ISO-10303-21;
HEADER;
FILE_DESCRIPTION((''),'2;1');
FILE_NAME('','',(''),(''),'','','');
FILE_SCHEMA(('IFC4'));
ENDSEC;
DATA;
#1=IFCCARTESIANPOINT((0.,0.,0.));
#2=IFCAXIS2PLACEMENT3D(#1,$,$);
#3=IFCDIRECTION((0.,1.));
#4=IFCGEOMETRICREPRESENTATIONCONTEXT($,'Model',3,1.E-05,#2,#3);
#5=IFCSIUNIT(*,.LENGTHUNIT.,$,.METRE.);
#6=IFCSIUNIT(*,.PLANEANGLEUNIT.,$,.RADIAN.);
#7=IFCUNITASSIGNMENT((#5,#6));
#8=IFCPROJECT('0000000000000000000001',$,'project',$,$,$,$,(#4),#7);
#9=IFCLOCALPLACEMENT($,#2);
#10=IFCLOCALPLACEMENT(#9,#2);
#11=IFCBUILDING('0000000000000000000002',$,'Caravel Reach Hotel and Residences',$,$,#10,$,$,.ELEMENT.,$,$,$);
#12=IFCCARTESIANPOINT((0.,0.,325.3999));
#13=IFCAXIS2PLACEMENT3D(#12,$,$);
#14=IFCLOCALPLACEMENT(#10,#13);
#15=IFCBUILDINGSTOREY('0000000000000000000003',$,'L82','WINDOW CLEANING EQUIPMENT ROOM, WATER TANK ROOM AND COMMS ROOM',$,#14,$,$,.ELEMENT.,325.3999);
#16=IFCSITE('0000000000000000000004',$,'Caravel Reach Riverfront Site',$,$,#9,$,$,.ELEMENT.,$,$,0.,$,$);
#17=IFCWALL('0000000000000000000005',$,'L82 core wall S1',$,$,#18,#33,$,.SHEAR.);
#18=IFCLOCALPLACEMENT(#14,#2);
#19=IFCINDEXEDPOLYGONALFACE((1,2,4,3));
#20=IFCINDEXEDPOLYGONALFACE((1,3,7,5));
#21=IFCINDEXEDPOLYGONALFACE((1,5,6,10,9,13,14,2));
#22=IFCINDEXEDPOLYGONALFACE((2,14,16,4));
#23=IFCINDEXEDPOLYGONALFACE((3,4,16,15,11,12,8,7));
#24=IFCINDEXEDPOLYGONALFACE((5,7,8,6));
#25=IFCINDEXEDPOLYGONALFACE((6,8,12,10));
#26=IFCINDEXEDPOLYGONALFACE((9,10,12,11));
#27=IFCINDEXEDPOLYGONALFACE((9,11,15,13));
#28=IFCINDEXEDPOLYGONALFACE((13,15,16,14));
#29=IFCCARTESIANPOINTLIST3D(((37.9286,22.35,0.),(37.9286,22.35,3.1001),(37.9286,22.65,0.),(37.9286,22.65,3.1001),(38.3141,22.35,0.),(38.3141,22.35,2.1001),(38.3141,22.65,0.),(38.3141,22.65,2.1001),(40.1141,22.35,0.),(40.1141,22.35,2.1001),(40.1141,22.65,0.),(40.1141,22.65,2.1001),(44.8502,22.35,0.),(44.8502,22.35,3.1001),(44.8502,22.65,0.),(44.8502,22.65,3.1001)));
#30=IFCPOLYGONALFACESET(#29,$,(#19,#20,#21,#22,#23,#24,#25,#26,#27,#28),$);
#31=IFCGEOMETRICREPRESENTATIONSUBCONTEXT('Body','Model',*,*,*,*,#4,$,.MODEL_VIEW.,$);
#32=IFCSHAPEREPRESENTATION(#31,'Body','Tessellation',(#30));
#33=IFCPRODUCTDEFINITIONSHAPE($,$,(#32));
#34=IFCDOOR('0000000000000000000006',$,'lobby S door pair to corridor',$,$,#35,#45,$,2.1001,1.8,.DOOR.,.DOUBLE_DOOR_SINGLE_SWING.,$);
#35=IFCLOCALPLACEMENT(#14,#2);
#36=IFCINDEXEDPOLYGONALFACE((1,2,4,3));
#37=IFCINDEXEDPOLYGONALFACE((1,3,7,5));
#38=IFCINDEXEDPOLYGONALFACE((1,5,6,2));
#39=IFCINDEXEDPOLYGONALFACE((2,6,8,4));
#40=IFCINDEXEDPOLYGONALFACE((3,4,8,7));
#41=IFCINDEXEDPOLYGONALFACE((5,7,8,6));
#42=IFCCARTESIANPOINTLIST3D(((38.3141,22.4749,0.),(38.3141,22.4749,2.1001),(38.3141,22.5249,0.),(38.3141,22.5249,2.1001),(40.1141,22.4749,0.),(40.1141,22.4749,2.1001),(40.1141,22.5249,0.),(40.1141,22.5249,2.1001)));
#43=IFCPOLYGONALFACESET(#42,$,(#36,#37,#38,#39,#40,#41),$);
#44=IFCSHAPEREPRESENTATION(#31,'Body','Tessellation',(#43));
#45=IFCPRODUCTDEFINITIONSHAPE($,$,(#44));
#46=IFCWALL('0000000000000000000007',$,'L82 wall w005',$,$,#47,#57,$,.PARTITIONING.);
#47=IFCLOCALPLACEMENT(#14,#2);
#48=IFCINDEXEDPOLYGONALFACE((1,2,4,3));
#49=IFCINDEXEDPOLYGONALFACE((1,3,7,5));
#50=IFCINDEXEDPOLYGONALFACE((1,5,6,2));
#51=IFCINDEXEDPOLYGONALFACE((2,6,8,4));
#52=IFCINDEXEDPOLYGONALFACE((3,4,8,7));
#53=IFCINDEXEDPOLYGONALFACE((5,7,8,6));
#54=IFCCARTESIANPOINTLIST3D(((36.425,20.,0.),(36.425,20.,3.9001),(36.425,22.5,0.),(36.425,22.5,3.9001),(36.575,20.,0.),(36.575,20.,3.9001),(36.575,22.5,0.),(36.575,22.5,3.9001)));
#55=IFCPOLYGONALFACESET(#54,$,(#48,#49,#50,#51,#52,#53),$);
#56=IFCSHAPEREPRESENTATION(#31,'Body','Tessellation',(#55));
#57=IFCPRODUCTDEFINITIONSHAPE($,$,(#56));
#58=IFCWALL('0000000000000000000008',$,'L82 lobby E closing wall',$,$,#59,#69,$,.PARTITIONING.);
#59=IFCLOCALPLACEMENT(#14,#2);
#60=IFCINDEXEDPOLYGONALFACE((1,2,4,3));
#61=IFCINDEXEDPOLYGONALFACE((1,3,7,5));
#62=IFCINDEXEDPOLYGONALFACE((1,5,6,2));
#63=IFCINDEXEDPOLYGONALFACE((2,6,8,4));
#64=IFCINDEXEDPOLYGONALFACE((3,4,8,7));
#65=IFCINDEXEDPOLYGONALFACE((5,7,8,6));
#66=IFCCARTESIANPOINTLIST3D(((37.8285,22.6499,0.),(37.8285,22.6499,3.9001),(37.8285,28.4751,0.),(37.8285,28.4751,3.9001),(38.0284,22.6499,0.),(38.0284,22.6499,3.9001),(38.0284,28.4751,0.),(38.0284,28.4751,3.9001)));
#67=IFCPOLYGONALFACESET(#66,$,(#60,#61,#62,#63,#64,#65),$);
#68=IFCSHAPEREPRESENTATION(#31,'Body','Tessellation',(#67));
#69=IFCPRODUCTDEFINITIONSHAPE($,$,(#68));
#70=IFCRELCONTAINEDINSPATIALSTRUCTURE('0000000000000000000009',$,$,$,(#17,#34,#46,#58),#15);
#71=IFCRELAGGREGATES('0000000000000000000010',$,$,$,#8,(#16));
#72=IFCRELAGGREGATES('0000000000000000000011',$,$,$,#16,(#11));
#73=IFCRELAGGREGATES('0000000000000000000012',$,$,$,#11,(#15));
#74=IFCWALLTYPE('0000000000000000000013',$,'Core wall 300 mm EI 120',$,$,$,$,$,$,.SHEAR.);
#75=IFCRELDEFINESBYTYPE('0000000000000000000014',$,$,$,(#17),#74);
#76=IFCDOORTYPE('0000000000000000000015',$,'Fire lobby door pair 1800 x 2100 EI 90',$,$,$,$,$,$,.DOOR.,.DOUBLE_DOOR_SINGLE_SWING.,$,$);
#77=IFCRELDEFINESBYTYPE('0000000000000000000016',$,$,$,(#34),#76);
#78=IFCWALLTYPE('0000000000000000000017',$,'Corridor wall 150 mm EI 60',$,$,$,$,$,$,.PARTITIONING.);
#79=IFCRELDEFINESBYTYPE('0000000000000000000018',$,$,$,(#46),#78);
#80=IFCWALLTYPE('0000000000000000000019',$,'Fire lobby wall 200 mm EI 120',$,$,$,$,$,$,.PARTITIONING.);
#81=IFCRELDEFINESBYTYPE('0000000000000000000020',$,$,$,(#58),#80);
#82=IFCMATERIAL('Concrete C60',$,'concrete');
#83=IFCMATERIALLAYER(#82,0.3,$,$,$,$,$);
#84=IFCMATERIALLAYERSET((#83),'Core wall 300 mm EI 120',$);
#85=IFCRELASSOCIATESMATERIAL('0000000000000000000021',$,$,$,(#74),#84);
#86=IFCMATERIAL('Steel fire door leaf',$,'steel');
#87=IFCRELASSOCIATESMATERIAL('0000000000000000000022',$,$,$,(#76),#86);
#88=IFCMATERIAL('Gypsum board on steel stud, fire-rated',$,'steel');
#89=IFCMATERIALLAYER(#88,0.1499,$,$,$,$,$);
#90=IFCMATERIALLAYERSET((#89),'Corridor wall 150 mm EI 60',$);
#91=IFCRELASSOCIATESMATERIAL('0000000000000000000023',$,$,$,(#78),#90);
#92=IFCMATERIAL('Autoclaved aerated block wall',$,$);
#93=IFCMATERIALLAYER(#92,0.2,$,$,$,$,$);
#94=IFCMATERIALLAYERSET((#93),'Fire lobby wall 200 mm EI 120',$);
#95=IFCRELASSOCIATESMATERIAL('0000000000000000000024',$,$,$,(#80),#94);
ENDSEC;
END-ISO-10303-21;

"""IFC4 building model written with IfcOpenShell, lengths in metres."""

from ifc_helpers import new_model, si_unit, direction, frame, frame_2d, origin, place, context, subcontext, project, spatial, rectangle, extrude, material, layer, layer_set, type_object, element, fill, save


model = new_model("IFC4")

# Units and contexts
model_context = context("Model", 3, precision=1e-05, world=origin(), true_north=direction((0.0, 1.0)))
body_context = subcontext(model_context, "Body", "Model", "MODEL_VIEW")
ifc_project = project(units=[si_unit("LENGTHUNIT", "METRE"), si_unit("PLANEANGLEUNIT", "RADIAN")], contexts=[model_context])

# Site, building, storey
site_placement = place(None, origin())
site = spatial("IfcSite", under=ifc_project, at=site_placement, Name="Caravel Reach Riverfront Site", CompositionType="ELEMENT", RefElevation=0.0)
building_placement = place(site_placement, origin())
building = spatial("IfcBuilding", under=site, at=building_placement, Name="Caravel Reach Hotel and Residences", CompositionType="ELEMENT")
storey_placement = place(building_placement, frame((0.0, 0.0, 325.3999)))
storey = spatial("IfcBuildingStorey", under=building, at=storey_placement, Name="L82", Description="WINDOW CLEANING EQUIPMENT ROOM, WATER TANK ROOM AND COMMS ROOM", CompositionType="ELEMENT", Elevation=325.3999)

# Wall, opening, door
ifc_material_1 = material(Name="Concrete C60", Category="concrete")
ifc_layer_1 = layer(ifc_material_1, 0.3)
ifc_layer_set_1 = layer_set([ifc_layer_1], Name="Core wall 300 mm EI 120")
wall_type_1 = type_object("IfcWallType", Name="Core wall 300 mm EI 120", PredefinedType="SHEAR", material=ifc_layer_set_1)
wall_1_placement = place(storey_placement, frame((37.9285, 22.5, 0.0), z_axis=(0.0, 0.0, 1.0), x_axis=(1.0, 0.0, 0.0)))
wall_1 = element("IfcWall", 1, at=wall_1_placement, inside=storey, type_object=wall_type_1, Name="L82 core wall S1", PredefinedType="SHEAR", context=body_context, shape_type="SweptSolid", body=[
    extrude(rectangle(XDim=6.9216, YDim=0.3, at=frame_2d((3.4609, 0.0))), origin(), (0.0, 0.0, 1.0), 3.1001),
])
opening_1_placement = place(wall_1_placement, frame((0.3857, 0.0, 0.0)))
opening_1 = element("IfcOpeningElement", 2, at=opening_1_placement, cuts=wall_1, PredefinedType="OPENING", context=body_context, shape_type="SweptSolid", body=[
    extrude(rectangle(XDim=1.8, YDim=2.1001, at=frame_2d((0.8999, 1.05))), frame((0.0, 0.1599, 0.0), z_axis=(0.0, -1.0, 0.0), x_axis=(1.0, 0.0, 0.0)), (0.0, 0.0, 1.0), 0.3201),
])
ifc_material_2 = material(Name="Steel fire door leaf", Category="steel")
door_type_1 = type_object("IfcDoorType", Name="Fire lobby door pair 1800 x 2100 EI 90", OperationType="DOUBLE_DOOR_SINGLE_SWING", PredefinedType="DOOR", material=ifc_material_2)
door_1_placement = place(opening_1_placement, origin())
door_1 = element("IfcDoor", 3, at=door_1_placement, inside=storey, type_object=door_type_1, Name="lobby S door pair to corridor", OperationType="DOUBLE_DOOR_SINGLE_SWING", OverallHeight=2.1001, OverallWidth=1.8, PredefinedType="DOOR", context=body_context, shape_type="SweptSolid", body=[
    extrude(rectangle(XDim=1.8, YDim=2.1001, at=frame_2d((0.8999, 1.05))), frame((0.0, 0.0249, 0.0), z_axis=(0.0, -1.0, 0.0), x_axis=(1.0, 0.0, 0.0)), (0.0, 0.0, 1.0), 0.05),
])
fill(opening_1, door_1)

# Walls
ifc_material_3 = material(Name="Gypsum board on steel stud, fire-rated", Category="steel")
ifc_layer_2 = layer(ifc_material_3, 0.1499)
ifc_layer_set_2 = layer_set([ifc_layer_2], Name="Corridor wall 150 mm EI 60")
wall_type_2 = type_object("IfcWallType", Name="Corridor wall 150 mm EI 60", PredefinedType="PARTITIONING", material=ifc_layer_set_2)
wall_2_placement = place(storey_placement, frame((36.5, 20.0, 0.0), z_axis=(0.0, 0.0, 1.0), x_axis=(0.0, 1.0, 0.0)))
element("IfcWall", 4, at=wall_2_placement, inside=storey, type_object=wall_type_2, Name="L82 wall w005", PredefinedType="PARTITIONING", context=body_context, shape_type="SweptSolid", body=[
    extrude(rectangle(XDim=2.5, YDim=0.1499, at=frame_2d((1.25, 0.0))), origin(), (0.0, 0.0, 1.0), 3.9001),
])
ifc_material_4 = material(Name="Autoclaved aerated block wall")
ifc_layer_3 = layer(ifc_material_4, 0.2)
ifc_layer_set_3 = layer_set([ifc_layer_3], Name="Fire lobby wall 200 mm EI 120")
wall_type_3 = type_object("IfcWallType", Name="Fire lobby wall 200 mm EI 120", PredefinedType="PARTITIONING", material=ifc_layer_set_3)
wall_3_placement = place(storey_placement, frame((37.9285, 22.6499, 0.0), z_axis=(0.0, 0.0, 1.0), x_axis=(0.0, 1.0, 0.0)))
element("IfcWall", 5, at=wall_3_placement, inside=storey, type_object=wall_type_3, Name="L82 lobby E closing wall", PredefinedType="PARTITIONING", context=body_context, shape_type="SweptSolid", body=[
    extrude(rectangle(XDim=5.8252, YDim=0.2, at=frame_2d((2.9126, 0.0))), origin(), (0.0, 0.0, 1.0), 3.9001),
])

save(model, "model.ifc")
